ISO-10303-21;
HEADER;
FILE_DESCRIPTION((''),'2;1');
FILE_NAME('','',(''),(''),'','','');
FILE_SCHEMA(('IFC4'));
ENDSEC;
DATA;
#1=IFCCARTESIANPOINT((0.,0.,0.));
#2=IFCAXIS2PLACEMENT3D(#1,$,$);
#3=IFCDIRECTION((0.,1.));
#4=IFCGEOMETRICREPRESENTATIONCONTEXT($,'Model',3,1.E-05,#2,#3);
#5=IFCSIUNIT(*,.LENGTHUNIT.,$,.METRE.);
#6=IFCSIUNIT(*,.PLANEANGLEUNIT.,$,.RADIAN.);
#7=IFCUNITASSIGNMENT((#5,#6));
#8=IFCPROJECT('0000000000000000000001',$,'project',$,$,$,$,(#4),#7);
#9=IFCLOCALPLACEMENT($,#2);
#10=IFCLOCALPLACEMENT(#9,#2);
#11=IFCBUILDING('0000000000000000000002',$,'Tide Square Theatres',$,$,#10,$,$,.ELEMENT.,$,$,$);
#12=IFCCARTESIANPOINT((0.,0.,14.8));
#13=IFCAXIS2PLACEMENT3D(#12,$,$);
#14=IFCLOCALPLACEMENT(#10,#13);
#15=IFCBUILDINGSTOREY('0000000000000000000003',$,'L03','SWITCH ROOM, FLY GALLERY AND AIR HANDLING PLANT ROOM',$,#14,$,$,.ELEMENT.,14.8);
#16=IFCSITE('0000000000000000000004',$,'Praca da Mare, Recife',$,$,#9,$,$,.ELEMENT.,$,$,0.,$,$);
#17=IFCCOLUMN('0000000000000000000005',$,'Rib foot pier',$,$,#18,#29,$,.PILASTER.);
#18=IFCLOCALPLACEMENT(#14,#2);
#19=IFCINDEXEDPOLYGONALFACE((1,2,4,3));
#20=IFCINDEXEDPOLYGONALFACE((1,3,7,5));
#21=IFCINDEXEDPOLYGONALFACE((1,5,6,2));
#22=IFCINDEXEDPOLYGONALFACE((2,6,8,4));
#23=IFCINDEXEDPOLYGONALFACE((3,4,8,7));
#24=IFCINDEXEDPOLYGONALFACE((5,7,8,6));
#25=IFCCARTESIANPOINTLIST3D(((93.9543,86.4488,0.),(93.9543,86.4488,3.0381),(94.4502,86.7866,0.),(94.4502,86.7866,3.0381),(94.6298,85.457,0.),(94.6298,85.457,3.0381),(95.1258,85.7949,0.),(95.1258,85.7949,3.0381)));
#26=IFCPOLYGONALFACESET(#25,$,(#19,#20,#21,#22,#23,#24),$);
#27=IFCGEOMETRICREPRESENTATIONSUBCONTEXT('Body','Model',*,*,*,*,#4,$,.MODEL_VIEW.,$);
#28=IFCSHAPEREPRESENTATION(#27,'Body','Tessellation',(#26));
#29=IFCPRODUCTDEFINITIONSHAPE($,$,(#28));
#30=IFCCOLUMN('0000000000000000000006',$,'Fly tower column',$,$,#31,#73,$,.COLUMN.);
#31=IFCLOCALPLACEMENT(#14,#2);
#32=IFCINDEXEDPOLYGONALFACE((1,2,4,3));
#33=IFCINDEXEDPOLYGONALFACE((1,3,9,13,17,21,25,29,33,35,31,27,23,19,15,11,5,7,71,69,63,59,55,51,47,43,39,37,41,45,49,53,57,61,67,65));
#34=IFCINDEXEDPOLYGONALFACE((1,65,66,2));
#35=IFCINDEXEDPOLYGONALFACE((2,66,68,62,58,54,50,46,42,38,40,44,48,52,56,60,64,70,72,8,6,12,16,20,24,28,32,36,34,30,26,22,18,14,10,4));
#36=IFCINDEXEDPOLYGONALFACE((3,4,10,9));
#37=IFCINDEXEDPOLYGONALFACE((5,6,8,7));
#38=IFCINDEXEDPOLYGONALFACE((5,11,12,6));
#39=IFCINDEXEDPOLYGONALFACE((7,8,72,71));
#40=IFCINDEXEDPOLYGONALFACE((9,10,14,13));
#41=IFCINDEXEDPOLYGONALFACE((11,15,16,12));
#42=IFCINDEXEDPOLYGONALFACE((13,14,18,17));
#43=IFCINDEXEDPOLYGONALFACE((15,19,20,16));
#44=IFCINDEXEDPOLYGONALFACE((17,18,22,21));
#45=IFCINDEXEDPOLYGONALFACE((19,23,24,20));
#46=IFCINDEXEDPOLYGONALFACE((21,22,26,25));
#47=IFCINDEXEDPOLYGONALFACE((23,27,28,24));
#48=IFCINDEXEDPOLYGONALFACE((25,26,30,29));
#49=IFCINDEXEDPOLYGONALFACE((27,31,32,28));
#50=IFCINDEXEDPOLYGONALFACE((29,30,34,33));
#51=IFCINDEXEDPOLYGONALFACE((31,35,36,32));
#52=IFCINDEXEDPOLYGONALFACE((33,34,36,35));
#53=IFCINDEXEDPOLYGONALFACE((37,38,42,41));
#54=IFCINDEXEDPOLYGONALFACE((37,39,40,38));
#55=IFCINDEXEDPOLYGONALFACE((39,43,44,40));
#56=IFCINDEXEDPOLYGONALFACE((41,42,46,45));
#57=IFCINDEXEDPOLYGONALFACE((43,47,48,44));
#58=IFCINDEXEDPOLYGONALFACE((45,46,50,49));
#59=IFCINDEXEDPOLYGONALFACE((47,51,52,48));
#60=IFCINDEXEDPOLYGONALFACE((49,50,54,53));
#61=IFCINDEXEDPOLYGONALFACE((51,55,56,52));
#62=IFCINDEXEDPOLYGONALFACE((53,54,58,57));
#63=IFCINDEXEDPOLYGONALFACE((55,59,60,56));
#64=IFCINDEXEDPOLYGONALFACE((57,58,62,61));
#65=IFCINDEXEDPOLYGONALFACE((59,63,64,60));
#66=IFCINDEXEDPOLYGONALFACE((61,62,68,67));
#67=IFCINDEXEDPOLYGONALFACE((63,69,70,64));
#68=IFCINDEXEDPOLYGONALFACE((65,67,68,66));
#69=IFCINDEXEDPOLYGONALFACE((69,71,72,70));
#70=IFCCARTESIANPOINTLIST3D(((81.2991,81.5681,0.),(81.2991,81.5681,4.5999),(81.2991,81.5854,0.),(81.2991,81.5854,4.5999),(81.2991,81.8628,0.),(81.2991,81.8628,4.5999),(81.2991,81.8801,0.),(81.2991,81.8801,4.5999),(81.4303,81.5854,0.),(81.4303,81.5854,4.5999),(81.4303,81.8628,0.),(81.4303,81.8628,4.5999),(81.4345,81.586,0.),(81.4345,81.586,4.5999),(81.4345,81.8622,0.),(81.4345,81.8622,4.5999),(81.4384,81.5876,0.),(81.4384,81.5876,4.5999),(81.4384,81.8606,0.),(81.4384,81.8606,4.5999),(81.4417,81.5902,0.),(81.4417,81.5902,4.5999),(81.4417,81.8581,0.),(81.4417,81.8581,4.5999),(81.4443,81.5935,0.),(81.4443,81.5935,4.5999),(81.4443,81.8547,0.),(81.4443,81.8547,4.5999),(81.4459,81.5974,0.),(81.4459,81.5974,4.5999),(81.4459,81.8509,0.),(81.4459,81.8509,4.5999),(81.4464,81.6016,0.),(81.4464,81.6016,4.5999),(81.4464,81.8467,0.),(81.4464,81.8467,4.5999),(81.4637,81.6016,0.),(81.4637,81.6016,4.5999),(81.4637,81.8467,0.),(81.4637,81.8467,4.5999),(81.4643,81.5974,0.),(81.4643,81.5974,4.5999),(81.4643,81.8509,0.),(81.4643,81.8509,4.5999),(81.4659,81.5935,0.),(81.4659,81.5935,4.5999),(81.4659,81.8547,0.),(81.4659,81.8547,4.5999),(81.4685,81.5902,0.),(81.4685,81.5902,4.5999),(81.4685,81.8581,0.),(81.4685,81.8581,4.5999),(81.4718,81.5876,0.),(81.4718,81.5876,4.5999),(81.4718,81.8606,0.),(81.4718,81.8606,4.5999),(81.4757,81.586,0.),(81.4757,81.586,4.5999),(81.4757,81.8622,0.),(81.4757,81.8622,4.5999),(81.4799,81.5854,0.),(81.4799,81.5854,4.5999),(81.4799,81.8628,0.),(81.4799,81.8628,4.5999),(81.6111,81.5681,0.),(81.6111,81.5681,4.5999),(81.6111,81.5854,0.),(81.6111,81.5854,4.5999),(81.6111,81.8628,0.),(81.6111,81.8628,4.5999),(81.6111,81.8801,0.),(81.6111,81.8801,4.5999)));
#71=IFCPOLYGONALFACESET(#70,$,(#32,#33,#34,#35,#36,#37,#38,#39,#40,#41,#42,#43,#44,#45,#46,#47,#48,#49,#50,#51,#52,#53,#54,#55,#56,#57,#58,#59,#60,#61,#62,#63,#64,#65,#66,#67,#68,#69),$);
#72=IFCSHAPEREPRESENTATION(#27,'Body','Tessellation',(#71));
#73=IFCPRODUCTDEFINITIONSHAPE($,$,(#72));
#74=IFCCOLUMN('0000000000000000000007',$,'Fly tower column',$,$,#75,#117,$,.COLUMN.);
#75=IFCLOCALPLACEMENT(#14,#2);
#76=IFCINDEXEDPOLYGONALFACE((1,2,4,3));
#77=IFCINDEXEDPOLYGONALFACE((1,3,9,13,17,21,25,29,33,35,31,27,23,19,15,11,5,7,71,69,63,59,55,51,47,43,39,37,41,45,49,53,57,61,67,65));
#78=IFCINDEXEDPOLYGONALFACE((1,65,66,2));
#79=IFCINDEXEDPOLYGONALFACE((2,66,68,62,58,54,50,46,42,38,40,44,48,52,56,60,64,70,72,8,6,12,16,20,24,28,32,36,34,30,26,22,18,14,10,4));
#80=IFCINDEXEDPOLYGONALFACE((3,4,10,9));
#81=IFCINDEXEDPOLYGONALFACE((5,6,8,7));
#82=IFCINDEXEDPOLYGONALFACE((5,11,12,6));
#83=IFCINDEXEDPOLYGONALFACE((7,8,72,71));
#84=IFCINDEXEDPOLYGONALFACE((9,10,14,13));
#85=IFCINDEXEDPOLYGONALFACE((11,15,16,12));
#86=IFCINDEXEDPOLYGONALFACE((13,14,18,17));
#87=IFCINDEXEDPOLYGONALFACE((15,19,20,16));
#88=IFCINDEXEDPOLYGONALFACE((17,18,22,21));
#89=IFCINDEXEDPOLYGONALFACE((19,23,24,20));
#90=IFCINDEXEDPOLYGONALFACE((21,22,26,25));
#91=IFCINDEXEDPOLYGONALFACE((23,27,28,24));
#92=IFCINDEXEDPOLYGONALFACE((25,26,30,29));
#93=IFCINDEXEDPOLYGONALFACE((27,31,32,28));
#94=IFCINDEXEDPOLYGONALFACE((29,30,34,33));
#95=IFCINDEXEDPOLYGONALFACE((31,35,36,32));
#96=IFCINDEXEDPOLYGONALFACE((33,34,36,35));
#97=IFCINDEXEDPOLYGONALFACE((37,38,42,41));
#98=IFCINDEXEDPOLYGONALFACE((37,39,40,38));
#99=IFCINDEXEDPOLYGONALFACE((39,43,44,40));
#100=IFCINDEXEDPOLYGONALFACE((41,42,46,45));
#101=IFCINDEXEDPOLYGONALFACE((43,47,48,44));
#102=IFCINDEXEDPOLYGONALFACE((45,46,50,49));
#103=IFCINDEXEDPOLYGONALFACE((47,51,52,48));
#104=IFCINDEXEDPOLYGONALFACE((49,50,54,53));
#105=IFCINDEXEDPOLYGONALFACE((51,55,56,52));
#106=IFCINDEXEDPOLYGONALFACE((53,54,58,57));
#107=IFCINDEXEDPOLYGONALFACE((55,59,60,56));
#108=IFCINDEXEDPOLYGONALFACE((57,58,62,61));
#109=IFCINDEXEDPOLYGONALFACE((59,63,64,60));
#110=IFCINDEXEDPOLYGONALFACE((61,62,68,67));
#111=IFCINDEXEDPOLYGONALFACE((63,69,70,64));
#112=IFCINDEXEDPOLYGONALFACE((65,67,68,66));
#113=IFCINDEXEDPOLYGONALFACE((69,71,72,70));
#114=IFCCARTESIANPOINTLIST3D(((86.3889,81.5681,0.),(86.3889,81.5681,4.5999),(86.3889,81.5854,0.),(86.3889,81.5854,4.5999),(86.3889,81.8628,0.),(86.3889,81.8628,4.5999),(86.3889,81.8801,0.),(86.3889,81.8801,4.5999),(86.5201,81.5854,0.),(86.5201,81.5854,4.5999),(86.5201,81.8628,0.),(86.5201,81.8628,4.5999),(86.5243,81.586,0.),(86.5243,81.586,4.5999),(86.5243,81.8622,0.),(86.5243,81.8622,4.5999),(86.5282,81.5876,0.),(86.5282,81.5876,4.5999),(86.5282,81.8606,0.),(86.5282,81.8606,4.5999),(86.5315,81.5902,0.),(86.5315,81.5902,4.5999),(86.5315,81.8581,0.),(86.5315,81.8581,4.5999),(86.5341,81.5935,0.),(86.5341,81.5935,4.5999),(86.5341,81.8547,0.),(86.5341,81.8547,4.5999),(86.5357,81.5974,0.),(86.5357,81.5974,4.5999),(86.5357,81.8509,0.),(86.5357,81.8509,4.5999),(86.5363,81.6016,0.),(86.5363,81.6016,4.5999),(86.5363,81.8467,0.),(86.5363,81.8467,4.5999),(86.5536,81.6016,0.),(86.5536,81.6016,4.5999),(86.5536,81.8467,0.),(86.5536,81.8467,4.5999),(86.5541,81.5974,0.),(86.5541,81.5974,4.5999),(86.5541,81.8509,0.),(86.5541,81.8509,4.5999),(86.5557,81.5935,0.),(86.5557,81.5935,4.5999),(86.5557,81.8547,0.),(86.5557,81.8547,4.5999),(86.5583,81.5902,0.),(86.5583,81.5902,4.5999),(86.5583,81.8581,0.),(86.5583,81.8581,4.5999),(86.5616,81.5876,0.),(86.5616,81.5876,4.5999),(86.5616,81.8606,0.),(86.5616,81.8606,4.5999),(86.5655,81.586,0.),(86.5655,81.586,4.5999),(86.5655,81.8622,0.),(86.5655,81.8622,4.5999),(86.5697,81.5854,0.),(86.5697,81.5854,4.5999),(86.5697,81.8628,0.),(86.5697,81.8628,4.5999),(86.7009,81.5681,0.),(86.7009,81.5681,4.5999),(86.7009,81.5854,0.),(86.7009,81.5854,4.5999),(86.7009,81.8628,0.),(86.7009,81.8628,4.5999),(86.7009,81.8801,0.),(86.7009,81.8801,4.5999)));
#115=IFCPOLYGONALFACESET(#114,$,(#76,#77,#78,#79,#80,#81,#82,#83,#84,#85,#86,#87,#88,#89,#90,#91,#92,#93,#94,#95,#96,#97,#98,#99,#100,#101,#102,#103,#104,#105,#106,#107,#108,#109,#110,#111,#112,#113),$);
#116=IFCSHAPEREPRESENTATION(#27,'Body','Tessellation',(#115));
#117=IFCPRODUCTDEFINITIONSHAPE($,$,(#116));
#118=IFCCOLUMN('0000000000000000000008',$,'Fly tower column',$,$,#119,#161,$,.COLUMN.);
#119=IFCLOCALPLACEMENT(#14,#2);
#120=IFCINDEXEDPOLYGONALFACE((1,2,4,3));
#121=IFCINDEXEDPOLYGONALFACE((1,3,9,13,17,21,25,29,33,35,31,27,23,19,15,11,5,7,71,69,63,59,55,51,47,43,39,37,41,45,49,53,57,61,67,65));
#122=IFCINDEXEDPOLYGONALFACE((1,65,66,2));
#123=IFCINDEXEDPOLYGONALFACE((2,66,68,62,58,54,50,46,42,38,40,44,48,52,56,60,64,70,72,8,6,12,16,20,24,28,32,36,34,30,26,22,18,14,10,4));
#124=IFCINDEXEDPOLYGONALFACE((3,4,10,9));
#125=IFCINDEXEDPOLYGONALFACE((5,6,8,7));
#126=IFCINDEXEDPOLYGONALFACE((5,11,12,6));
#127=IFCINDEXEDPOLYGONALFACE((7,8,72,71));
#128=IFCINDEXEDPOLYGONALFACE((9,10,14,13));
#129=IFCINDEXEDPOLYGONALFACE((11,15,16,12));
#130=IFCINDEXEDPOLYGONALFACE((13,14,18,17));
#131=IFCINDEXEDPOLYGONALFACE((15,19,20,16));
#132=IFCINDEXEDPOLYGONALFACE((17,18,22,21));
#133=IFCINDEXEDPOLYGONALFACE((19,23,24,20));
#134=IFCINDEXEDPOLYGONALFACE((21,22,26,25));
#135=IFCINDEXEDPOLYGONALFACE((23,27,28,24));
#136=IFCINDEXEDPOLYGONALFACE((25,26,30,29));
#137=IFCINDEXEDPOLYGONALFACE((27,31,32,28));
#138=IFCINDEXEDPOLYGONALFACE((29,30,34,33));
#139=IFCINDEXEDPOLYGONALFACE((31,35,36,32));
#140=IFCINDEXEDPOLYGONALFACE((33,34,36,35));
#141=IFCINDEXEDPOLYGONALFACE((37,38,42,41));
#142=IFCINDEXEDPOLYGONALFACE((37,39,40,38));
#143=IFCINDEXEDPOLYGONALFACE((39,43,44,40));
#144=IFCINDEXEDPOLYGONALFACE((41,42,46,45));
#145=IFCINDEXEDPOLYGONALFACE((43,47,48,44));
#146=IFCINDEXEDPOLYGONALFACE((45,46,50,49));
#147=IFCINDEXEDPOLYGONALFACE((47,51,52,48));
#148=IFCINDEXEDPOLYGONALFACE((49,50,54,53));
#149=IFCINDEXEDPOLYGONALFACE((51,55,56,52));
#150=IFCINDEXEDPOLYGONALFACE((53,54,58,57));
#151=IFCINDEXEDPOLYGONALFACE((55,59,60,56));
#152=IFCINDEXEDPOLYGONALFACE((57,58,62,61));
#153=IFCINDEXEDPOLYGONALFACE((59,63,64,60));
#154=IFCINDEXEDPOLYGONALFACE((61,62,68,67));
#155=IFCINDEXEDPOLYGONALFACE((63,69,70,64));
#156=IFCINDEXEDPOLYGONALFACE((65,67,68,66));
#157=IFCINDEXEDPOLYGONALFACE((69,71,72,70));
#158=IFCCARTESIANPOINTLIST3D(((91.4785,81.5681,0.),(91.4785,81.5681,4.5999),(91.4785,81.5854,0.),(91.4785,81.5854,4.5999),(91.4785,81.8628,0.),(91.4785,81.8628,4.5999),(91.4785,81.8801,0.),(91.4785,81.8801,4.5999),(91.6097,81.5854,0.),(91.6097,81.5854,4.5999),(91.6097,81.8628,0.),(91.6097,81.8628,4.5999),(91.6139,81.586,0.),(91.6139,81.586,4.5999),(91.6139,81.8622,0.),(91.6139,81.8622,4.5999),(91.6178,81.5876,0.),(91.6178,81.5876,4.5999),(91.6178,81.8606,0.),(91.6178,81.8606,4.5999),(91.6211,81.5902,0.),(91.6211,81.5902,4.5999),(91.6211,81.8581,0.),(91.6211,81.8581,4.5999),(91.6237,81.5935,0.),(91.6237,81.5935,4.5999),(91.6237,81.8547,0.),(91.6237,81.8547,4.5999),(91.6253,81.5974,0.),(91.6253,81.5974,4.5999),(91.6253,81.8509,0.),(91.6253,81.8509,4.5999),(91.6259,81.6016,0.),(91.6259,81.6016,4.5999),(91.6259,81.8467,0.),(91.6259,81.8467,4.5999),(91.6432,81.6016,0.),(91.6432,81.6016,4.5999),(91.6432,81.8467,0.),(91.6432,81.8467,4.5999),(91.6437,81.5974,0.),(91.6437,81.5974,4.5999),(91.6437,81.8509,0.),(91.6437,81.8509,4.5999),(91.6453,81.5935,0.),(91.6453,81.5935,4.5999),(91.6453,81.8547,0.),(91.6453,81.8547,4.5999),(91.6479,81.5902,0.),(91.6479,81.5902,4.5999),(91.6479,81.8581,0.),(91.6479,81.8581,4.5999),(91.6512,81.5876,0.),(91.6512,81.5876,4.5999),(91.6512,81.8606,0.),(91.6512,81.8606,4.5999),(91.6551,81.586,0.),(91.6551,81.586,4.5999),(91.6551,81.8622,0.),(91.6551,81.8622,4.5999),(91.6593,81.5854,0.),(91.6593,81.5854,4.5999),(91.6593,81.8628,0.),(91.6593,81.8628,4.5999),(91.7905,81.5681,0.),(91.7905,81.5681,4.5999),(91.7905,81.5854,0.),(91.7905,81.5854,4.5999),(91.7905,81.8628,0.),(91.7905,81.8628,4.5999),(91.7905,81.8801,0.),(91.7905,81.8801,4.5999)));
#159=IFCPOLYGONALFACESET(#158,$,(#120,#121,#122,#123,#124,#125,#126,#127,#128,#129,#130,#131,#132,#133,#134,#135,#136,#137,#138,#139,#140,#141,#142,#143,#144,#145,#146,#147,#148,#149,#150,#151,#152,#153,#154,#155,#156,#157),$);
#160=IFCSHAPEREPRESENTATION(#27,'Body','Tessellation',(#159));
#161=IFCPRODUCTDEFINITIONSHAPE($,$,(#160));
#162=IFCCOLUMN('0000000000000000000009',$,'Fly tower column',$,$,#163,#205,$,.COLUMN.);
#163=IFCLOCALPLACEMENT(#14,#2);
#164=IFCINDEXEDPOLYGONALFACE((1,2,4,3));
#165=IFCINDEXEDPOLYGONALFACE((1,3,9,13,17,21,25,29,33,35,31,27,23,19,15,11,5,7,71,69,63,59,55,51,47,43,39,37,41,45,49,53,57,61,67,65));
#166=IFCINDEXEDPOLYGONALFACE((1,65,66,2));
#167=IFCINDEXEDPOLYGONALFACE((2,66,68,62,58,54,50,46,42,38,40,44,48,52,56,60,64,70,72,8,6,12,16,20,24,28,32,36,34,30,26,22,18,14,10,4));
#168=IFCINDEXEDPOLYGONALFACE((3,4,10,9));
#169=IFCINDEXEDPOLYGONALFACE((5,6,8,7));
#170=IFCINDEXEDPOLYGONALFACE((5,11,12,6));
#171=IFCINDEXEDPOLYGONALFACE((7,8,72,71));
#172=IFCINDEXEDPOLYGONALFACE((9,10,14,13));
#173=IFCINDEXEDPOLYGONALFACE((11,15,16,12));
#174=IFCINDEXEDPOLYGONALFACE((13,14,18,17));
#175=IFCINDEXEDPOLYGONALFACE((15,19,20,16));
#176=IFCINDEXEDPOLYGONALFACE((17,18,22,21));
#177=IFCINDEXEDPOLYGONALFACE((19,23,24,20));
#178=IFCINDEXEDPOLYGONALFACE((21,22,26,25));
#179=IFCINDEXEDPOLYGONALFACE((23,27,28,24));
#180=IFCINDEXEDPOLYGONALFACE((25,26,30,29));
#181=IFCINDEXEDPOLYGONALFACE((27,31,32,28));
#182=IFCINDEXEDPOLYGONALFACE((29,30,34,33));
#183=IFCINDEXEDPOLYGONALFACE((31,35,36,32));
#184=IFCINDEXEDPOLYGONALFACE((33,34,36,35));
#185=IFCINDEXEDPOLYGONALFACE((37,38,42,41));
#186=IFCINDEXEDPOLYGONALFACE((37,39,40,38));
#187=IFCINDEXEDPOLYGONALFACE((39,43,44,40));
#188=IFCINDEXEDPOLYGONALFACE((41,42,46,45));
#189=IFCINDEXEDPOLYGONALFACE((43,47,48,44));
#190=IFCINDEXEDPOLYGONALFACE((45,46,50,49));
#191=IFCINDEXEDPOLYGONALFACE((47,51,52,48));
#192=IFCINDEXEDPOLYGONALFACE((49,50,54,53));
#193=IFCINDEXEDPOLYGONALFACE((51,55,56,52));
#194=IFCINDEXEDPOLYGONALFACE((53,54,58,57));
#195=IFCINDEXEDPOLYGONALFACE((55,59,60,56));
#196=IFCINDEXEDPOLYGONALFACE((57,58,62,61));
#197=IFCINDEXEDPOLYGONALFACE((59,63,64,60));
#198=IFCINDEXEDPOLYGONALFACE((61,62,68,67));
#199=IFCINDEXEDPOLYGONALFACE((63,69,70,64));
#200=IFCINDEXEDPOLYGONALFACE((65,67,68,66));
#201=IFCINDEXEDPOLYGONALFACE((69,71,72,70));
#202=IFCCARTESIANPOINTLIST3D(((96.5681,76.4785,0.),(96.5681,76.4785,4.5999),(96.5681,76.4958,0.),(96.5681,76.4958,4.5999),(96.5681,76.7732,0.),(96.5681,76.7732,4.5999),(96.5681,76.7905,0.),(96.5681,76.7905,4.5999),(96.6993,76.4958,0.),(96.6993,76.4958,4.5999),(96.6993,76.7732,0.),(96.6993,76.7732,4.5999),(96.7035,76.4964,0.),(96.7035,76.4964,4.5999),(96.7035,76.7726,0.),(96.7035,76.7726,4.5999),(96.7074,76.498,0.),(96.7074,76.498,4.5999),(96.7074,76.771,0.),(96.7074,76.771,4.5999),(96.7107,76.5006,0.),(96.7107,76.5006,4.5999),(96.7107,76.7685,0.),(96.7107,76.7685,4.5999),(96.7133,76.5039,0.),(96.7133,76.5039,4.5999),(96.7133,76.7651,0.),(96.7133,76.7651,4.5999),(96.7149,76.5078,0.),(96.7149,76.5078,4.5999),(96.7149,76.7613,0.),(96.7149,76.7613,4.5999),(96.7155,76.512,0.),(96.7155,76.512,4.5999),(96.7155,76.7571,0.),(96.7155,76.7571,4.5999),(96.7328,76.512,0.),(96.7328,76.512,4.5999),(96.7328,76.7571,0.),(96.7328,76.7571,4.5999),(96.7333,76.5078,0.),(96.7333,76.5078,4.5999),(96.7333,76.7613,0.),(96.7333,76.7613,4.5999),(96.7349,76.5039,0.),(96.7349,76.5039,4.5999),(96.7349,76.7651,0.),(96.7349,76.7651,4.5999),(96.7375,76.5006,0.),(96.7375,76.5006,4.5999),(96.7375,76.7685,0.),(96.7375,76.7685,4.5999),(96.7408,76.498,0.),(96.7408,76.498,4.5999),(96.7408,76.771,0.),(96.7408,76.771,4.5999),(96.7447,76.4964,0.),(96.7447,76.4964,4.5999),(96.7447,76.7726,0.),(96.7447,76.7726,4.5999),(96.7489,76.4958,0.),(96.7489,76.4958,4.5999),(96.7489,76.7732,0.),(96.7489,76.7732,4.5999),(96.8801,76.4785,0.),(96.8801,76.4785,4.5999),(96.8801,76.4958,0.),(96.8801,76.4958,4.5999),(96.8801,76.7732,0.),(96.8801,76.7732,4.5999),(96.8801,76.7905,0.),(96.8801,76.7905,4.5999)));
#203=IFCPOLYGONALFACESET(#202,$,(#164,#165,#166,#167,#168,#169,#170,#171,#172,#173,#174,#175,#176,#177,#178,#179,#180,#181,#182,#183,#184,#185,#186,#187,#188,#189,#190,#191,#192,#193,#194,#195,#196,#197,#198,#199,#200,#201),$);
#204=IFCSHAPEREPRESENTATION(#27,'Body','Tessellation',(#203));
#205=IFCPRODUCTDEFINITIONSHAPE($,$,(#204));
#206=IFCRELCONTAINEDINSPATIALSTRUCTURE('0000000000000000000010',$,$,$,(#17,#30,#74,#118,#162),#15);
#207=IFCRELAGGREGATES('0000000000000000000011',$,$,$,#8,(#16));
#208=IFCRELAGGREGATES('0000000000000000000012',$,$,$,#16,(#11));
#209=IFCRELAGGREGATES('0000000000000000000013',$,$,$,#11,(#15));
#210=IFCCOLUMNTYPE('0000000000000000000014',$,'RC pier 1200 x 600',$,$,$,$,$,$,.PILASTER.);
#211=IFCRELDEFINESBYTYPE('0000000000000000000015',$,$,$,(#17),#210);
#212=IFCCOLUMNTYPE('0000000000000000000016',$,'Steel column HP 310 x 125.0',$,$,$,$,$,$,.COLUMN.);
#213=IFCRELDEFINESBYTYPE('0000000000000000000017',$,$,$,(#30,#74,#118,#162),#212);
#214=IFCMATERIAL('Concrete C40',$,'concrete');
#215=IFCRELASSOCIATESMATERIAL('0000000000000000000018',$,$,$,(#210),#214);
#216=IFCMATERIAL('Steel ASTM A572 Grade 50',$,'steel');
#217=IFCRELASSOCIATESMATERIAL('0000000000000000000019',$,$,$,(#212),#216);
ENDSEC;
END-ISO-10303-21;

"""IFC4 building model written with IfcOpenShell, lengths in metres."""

from ifc_helpers import new_model, si_unit, direction, frame, origin, origin_2d, place, context, subcontext, project, spatial, rectangle, i_section, extrude, material, material_profile, profile_set, type_object, element, save


model = new_model("IFC4")

# Units and contexts
model_context = context("Model", 3, precision=1e-05, world=origin(), true_north=direction((0.0, 1.0)))
body_context = subcontext(model_context, "Body", "Model", "MODEL_VIEW")
ifc_project = project(units=[si_unit("LENGTHUNIT", "METRE"), si_unit("PLANEANGLEUNIT", "RADIAN")], contexts=[model_context])

# Site, building, storey
site_placement = place(None, origin())
site = spatial("IfcSite", under=ifc_project, at=site_placement, Name="Praca da Mare, Recife", CompositionType="ELEMENT", RefElevation=0.0)
building_placement = place(site_placement, origin())
building = spatial("IfcBuilding", under=site, at=building_placement, Name="Tide Square Theatres", CompositionType="ELEMENT")
storey_placement = place(building_placement, frame((0.0, 0.0, 14.8)))
storey = spatial("IfcBuildingStorey", under=building, at=storey_placement, Name="L03", Description="SWITCH ROOM, FLY GALLERY AND AIR HANDLING PLANT ROOM", CompositionType="ELEMENT", Elevation=14.8)

# Columns
ifc_material_1 = material(Name="Concrete C40", Category="concrete")
ifc_material_profile_1 = material_profile(ifc_material_1, rectangle(XDim=1.2, YDim=0.6001, at=origin_2d()))
ifc_profile_set_1 = profile_set([ifc_material_profile_1], Name="Concrete C40")
column_type_1 = type_object("IfcColumnType", Name="RC pier 1200 x 600", PredefinedType="PILASTER", material=ifc_profile_set_1)
column_placement = place(storey_placement, frame((94.54, 86.1218, 0.0), z_axis=(0.0, 0.0, 1.0), x_axis=(-0.562978, 0.826472, 0.0)))
element("IfcColumn", 1, at=column_placement, inside=storey, type_object=column_type_1, Name="Rib foot pier", PredefinedType="PILASTER", context=body_context, shape_type="SweptSolid", body=[
    extrude(rectangle(XDim=1.2, YDim=0.6001, at=origin_2d()), origin(), (0.0, 0.0, 1.0), 3.0381),
])
ifc_material_2 = material(Name="Steel ASTM A572 Grade 50", Category="steel")
ifc_material_profile_2 = material_profile(ifc_material_2, i_section(OverallWidth=0.312, OverallDepth=0.312, WebThickness=0.0173, FlangeThickness=0.0173, FilletRadius=0.0161, at=origin_2d()))
ifc_profile_set_2 = profile_set([ifc_material_profile_2], Name="Steel ASTM A572 Grade 50")
column_type_2 = type_object("IfcColumnType", Name="Steel column HP 310 x 125.0", PredefinedType="COLUMN", material=ifc_profile_set_2)
for number, where, z_axis, x_axis, name in (
    (2, (81.4551, 81.7241, 0.0), (0.0, 0.0, 1.0), (1.0, 0.0, 0.0), "Fly tower column"),
    (3, (86.5449, 81.7241, 0.0), (0.0, 0.0, 1.0), (1.0, 0.0, 0.0), "Fly tower column"),
    (4, (91.6345, 81.7241, 0.0), (0.0, 0.0, 1.0), (1.0, 0.0, 0.0), "Fly tower column"),
    (5, (96.7241, 76.6345, 0.0), (0.0, 0.0, 1.0), (1.0, 0.0, 0.0), "Fly tower column"),
):
    element("IfcColumn", number, at=place(storey_placement, frame(where, z_axis=z_axis, x_axis=x_axis)), inside=storey, type_object=column_type_2, Name=name, PredefinedType="COLUMN", context=body_context, shape_type="SweptSolid", body=[
        extrude(i_section(OverallWidth=0.312, OverallDepth=0.312, WebThickness=0.0173, FlangeThickness=0.0173, FilletRadius=0.0161, at=origin_2d()), origin(), (0.0, 0.0, 1.0), 4.5999),
    ])

save(model, "model.ifc")
